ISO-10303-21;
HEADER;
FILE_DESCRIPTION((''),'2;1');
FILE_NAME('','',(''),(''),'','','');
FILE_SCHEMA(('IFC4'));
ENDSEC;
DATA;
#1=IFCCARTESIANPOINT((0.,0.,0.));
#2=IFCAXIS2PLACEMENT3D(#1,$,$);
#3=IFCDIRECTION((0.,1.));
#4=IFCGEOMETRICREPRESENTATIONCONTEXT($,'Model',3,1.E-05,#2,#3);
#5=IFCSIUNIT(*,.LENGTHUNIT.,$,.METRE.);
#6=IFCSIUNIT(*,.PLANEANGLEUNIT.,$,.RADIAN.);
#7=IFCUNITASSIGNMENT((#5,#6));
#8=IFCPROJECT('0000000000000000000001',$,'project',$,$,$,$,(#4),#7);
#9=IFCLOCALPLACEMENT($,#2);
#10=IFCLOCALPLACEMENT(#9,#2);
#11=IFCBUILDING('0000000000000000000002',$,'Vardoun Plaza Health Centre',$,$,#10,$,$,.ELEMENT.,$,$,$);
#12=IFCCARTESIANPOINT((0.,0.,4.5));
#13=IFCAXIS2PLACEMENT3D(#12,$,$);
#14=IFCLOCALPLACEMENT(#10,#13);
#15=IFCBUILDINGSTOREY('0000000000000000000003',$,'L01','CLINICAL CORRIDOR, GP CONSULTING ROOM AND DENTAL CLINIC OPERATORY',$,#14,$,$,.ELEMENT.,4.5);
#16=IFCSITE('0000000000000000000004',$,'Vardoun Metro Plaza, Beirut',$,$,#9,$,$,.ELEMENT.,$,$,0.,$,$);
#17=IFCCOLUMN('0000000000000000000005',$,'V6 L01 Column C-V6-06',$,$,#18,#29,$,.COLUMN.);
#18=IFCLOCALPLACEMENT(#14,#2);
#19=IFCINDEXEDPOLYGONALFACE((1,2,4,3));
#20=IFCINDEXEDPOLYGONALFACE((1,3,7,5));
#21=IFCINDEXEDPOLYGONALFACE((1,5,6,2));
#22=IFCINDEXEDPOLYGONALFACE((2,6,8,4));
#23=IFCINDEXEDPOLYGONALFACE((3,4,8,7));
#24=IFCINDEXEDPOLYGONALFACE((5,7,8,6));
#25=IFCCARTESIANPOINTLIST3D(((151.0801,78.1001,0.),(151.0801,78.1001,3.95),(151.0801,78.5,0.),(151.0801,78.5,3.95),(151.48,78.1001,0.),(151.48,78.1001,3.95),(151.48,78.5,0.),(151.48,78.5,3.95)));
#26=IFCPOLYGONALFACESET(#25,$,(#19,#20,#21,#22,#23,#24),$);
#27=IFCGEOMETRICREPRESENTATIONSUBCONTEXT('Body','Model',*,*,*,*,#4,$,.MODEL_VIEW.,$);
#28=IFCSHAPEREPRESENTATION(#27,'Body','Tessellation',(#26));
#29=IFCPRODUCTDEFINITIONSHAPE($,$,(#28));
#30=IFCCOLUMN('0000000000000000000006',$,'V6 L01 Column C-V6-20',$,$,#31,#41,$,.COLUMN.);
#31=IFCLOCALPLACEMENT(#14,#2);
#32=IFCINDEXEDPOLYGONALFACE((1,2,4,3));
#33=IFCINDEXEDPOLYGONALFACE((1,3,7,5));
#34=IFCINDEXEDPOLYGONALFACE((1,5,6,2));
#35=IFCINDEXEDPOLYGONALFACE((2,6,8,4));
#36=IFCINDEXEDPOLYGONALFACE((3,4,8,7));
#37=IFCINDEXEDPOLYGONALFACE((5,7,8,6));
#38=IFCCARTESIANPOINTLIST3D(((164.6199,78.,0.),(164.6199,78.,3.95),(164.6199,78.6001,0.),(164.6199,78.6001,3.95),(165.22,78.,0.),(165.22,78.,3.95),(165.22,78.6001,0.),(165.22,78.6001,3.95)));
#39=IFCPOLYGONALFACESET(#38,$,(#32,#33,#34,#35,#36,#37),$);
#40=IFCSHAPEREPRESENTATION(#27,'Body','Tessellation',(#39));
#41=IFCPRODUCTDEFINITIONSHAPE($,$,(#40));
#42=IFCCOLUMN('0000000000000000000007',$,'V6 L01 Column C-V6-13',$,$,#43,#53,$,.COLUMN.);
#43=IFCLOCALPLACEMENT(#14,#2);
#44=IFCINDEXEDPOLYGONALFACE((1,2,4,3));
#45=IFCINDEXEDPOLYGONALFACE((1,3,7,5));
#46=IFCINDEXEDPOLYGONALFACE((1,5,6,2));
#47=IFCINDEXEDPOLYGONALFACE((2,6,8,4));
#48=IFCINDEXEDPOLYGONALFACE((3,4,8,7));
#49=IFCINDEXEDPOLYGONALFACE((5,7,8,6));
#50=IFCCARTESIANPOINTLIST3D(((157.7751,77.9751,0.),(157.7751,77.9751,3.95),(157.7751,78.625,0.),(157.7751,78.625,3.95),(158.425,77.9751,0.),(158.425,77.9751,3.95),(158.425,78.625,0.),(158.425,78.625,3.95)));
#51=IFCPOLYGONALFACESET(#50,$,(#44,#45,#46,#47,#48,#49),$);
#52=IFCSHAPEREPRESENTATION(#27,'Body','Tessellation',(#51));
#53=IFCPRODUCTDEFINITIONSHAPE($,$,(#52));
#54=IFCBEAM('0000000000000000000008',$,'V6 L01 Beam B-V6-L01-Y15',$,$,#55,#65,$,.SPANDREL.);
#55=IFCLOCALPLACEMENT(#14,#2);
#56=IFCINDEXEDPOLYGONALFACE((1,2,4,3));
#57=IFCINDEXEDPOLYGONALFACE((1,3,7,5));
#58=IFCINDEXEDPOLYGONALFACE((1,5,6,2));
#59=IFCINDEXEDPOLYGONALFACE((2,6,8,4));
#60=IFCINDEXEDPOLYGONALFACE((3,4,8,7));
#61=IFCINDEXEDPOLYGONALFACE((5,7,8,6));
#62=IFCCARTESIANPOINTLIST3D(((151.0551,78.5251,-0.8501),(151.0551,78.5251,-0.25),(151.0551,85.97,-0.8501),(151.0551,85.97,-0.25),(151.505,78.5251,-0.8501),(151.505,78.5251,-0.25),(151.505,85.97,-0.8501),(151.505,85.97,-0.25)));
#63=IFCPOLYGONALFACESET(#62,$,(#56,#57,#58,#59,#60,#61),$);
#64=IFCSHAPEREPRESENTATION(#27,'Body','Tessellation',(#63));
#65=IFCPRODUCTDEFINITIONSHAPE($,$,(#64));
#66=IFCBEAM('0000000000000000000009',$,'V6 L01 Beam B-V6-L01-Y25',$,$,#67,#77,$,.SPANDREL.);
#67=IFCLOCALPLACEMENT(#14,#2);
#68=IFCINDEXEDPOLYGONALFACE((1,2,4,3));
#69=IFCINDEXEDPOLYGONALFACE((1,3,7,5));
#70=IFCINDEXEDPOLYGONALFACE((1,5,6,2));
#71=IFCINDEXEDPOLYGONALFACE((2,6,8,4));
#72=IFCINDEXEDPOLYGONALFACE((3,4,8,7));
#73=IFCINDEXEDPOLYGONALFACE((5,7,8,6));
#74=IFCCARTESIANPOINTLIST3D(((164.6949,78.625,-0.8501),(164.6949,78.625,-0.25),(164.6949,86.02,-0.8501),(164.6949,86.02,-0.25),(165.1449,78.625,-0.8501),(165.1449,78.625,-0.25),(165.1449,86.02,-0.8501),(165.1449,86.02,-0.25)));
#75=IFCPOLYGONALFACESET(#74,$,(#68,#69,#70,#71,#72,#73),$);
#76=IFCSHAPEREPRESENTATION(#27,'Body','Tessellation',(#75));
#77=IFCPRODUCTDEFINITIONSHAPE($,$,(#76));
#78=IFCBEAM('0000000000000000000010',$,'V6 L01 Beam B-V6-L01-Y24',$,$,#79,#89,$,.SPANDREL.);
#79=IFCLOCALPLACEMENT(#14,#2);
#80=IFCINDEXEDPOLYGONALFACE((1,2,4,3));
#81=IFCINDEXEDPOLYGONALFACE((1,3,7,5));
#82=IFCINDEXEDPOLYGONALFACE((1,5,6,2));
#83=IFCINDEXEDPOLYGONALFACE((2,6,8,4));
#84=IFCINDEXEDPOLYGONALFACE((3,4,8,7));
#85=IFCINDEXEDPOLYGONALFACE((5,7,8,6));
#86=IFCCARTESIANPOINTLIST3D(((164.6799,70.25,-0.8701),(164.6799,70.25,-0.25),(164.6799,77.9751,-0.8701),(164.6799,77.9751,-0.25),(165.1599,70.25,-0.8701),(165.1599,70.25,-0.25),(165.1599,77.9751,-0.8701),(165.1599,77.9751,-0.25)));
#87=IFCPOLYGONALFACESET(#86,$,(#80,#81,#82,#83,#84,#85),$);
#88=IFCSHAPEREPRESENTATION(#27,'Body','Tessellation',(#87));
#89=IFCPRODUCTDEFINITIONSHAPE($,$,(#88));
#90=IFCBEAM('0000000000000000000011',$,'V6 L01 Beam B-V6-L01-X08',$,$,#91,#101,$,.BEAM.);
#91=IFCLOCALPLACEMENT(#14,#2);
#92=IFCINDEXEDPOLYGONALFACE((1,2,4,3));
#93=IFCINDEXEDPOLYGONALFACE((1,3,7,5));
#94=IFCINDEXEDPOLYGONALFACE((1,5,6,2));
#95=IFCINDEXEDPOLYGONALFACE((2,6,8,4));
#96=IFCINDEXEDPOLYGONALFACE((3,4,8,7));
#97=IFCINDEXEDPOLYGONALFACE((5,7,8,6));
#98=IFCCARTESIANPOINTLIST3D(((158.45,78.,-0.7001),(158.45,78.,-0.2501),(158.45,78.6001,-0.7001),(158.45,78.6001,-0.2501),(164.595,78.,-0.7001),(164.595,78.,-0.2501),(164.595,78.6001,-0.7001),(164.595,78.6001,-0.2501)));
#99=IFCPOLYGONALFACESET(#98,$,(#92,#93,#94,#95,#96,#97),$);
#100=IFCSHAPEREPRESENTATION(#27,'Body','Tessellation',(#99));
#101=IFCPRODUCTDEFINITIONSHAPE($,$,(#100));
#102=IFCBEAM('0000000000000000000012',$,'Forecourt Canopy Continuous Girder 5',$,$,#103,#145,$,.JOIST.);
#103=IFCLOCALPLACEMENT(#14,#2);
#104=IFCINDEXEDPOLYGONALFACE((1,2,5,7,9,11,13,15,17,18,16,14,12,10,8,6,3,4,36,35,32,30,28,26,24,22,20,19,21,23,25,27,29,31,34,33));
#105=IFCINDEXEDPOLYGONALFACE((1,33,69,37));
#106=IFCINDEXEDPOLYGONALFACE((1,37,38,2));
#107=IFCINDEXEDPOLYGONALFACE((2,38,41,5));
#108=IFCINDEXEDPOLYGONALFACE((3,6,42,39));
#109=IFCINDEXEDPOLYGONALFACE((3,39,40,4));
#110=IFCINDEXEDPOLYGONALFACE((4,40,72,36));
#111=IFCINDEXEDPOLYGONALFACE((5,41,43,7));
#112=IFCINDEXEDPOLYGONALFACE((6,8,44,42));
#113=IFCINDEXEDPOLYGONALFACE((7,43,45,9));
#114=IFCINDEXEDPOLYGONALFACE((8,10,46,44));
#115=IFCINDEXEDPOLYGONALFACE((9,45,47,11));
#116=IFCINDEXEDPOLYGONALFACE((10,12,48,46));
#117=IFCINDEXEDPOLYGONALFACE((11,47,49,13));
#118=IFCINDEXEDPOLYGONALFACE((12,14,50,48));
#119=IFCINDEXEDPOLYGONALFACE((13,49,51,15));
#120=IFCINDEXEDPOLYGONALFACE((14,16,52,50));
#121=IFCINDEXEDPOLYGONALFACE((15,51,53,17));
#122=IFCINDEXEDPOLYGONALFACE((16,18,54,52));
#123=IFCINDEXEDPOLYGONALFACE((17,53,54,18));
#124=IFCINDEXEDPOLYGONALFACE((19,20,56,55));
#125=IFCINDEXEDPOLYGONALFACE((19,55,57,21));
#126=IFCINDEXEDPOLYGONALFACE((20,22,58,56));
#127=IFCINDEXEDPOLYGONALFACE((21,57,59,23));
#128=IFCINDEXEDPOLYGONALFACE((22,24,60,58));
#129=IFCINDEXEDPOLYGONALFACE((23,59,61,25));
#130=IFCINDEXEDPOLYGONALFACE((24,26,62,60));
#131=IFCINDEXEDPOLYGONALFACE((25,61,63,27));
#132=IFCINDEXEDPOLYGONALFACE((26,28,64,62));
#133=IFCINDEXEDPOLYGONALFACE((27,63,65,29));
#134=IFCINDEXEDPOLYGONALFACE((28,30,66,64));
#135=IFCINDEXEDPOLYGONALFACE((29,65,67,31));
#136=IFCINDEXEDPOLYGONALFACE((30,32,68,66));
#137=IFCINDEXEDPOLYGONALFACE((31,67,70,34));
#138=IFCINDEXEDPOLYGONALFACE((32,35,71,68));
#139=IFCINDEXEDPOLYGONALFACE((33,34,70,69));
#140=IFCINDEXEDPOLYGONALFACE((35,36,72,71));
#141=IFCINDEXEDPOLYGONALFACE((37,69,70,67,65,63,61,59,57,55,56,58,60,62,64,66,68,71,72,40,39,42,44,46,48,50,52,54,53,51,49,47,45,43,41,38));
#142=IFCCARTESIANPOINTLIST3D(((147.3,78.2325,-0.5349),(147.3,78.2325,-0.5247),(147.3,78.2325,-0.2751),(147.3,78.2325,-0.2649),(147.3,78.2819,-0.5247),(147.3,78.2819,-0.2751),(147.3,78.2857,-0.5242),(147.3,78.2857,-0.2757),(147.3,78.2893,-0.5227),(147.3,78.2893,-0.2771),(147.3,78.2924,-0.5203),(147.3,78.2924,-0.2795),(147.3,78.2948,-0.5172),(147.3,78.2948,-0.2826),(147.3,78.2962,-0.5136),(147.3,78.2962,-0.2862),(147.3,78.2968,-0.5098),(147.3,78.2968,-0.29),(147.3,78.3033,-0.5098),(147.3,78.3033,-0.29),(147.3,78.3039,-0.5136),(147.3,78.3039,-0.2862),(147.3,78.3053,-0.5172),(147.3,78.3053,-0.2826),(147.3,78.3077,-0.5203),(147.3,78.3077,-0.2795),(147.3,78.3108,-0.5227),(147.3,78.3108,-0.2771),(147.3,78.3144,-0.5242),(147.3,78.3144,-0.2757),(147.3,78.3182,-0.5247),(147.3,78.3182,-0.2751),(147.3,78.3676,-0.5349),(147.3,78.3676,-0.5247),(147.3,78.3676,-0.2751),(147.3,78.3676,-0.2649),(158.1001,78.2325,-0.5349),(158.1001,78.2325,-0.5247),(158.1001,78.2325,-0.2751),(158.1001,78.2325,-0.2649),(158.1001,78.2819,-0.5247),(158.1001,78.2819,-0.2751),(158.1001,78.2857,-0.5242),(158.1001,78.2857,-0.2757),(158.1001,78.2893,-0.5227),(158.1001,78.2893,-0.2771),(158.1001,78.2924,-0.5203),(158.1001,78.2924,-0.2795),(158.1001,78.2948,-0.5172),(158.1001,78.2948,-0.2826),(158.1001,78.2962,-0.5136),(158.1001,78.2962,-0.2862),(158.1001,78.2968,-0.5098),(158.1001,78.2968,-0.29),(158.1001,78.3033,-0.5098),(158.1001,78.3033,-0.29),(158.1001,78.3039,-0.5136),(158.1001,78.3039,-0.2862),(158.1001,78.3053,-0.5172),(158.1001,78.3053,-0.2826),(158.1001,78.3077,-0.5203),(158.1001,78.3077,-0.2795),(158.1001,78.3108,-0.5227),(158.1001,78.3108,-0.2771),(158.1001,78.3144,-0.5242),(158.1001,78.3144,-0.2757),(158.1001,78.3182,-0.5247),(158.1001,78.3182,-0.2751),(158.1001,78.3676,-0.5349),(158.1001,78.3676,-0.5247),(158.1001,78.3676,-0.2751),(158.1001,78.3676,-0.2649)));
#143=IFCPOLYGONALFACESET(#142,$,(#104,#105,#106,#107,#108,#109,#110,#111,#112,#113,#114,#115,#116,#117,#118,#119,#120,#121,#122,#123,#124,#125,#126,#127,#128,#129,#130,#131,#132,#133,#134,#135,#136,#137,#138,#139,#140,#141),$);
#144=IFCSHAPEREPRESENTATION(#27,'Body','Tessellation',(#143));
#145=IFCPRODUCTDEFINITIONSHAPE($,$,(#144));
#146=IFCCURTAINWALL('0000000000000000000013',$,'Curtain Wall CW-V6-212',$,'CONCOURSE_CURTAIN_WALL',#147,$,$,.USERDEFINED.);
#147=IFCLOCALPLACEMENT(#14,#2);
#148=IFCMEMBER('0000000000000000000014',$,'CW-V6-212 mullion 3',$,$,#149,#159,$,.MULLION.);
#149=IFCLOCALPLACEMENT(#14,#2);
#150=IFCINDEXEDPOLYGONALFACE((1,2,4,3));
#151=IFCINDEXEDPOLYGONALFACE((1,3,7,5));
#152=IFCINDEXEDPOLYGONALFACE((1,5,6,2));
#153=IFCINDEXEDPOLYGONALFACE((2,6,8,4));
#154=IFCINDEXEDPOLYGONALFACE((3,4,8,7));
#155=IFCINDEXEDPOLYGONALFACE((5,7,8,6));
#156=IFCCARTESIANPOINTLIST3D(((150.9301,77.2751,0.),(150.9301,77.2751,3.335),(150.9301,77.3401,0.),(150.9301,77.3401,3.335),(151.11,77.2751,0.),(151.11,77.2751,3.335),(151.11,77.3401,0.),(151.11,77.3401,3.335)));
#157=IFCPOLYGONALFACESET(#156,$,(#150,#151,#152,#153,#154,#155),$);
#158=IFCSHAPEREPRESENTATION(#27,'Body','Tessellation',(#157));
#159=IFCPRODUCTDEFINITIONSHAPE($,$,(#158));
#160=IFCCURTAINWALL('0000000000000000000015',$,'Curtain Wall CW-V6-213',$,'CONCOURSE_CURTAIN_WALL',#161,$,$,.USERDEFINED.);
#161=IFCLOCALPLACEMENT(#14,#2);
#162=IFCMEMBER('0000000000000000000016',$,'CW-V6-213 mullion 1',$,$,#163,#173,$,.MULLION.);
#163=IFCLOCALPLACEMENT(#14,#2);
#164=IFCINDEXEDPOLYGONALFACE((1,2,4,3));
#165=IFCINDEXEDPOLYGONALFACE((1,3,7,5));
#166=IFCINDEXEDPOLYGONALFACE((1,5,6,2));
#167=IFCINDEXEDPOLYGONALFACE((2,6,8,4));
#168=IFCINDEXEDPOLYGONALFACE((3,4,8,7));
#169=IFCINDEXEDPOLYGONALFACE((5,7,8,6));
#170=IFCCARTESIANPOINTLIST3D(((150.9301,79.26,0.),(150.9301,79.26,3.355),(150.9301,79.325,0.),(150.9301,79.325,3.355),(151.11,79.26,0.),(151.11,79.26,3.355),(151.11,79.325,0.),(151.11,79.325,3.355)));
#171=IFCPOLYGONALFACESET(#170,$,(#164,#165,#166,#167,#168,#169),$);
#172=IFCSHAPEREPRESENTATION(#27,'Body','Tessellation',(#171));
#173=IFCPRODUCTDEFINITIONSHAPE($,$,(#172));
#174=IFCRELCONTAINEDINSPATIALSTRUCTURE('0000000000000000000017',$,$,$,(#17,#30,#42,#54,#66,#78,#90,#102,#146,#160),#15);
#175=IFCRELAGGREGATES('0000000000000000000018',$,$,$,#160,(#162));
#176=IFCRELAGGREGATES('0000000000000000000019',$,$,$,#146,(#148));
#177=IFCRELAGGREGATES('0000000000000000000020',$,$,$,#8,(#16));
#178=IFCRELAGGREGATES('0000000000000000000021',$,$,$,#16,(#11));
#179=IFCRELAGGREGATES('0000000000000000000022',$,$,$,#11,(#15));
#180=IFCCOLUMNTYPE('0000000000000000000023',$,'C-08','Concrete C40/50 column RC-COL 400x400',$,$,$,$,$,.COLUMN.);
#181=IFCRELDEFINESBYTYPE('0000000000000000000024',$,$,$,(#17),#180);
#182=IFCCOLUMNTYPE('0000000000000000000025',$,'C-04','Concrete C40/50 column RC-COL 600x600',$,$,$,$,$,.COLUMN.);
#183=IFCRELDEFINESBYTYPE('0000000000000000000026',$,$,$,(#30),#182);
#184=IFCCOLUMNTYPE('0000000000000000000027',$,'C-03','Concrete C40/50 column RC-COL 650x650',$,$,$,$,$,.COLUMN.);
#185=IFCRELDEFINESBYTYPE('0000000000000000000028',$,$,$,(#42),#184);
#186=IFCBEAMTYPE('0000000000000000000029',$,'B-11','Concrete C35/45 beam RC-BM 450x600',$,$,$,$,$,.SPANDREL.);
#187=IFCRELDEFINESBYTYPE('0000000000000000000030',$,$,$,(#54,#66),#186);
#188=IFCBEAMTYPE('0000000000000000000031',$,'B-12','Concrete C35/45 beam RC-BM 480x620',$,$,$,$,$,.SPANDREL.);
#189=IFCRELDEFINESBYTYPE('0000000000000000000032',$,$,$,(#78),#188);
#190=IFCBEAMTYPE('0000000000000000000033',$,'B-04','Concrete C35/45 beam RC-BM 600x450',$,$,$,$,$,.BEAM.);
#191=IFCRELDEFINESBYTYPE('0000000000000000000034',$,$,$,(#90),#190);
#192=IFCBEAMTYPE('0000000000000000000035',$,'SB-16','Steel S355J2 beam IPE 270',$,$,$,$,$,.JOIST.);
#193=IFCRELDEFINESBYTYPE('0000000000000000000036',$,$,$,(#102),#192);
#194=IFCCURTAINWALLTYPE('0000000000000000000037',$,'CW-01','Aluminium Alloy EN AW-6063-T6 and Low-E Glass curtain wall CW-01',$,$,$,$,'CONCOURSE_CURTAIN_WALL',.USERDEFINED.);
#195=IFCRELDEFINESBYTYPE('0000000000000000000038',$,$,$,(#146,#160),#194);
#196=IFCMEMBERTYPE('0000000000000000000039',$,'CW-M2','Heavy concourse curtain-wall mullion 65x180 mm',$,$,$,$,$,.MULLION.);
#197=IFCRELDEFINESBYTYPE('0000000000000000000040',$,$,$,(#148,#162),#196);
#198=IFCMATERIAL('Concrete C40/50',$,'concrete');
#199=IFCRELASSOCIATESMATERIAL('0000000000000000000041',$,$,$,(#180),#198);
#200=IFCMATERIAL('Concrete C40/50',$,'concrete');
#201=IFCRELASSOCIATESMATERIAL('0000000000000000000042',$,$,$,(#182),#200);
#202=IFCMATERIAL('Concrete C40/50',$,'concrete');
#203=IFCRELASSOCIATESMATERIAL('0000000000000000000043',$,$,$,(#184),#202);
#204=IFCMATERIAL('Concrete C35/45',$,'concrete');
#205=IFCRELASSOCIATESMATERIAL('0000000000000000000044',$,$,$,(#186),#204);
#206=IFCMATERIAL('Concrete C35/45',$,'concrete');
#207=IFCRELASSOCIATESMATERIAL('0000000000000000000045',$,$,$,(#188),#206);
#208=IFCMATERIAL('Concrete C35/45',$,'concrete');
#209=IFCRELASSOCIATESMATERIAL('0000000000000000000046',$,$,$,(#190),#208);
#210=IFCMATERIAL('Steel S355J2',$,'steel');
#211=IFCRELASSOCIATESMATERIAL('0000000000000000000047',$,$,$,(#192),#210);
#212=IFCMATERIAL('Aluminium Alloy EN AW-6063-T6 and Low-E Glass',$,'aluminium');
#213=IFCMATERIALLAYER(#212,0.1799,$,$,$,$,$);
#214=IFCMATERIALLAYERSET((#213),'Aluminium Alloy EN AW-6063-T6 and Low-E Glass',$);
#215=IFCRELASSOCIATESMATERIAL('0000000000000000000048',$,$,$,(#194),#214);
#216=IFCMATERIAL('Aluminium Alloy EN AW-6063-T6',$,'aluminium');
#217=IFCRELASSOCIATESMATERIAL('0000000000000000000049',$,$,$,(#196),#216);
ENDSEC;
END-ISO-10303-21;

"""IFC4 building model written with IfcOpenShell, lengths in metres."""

from ifc_helpers import new_model, si_unit, direction, frame, origin, origin_2d, place, context, subcontext, project, spatial, rectangle, i_section, extrude, material, layer, layer_set, material_profile, profile_set, type_object, element, aggregate, save


model = new_model("IFC4")

# Units and contexts
model_context = context("Model", 3, precision=1e-05, world=origin(), true_north=direction((0.0, 1.0)))
body_context = subcontext(model_context, "Body", "Model", "MODEL_VIEW")
ifc_project = project(units=[si_unit("LENGTHUNIT", "METRE"), si_unit("PLANEANGLEUNIT", "RADIAN")], contexts=[model_context])

# Site, building, storey
site_placement = place(None, origin())
site = spatial("IfcSite", under=ifc_project, at=site_placement, Name="Vardoun Metro Plaza, Beirut", CompositionType="ELEMENT", RefElevation=0.0)
building_placement = place(site_placement, origin())
building = spatial("IfcBuilding", under=site, at=building_placement, Name="Vardoun Plaza Health Centre", CompositionType="ELEMENT")
storey_placement = place(building_placement, frame((0.0, 0.0, 4.5)))
storey = spatial("IfcBuildingStorey", under=building, at=storey_placement, Name="L01", Description="CLINICAL CORRIDOR, GP CONSULTING ROOM AND DENTAL CLINIC OPERATORY", CompositionType="ELEMENT", Elevation=4.5)

# Columns
ifc_material_1 = material(Name="Concrete C40/50", Category="concrete")
ifc_material_profile_1 = material_profile(ifc_material_1, rectangle(XDim=0.3999, YDim=0.3999, at=origin_2d()), Name="RC-COL 400x400")
ifc_profile_set_1 = profile_set([ifc_material_profile_1], Name="Concrete C40/50")
column_type_1 = type_object("IfcColumnType", Name="C-08", Description="Concrete C40/50 column RC-COL 400x400", PredefinedType="COLUMN", material=ifc_profile_set_1)
column_1_placement = place(storey_placement, frame((151.28, 78.3, 0.0), z_axis=(0.0, 0.0, 1.0), x_axis=(1.0, 0.0, 0.0)))
element("IfcColumn", 1, at=column_1_placement, inside=storey, type_object=column_type_1, Name="V6 L01 Column C-V6-06", PredefinedType="COLUMN", context=body_context, shape_type="SweptSolid", body=[
    extrude(rectangle(XDim=0.3999, YDim=0.3999, at=origin_2d()), origin(), (0.0, 0.0, 1.0), 3.95),
])
ifc_material_2 = material(Name="Concrete C40/50", Category="concrete")
ifc_material_profile_2 = material_profile(ifc_material_2, rectangle(XDim=0.6001, YDim=0.6001, at=origin_2d()), Name="RC-COL 600x600")
ifc_profile_set_2 = profile_set([ifc_material_profile_2], Name="Concrete C40/50")
column_type_2 = type_object("IfcColumnType", Name="C-04", Description="Concrete C40/50 column RC-COL 600x600", PredefinedType="COLUMN", material=ifc_profile_set_2)
column_2_placement = place(storey_placement, frame((164.9199, 78.3, 0.0), z_axis=(0.0, 0.0, 1.0), x_axis=(1.0, 0.0, 0.0)))
element("IfcColumn", 2, at=column_2_placement, inside=storey, type_object=column_type_2, Name="V6 L01 Column C-V6-20", PredefinedType="COLUMN", context=body_context, shape_type="SweptSolid", body=[
    extrude(rectangle(XDim=0.6001, YDim=0.6001, at=origin_2d()), origin(), (0.0, 0.0, 1.0), 3.95),
])
ifc_material_3 = material(Name="Concrete C40/50", Category="concrete")
ifc_material_profile_3 = material_profile(ifc_material_3, rectangle(XDim=0.6499, YDim=0.6499, at=origin_2d()), Name="RC-COL 650x650")
ifc_profile_set_3 = profile_set([ifc_material_profile_3], Name="Concrete C40/50")
column_type_3 = type_object("IfcColumnType", Name="C-03", Description="Concrete C40/50 column RC-COL 650x650", PredefinedType="COLUMN", material=ifc_profile_set_3)
column_3_placement = place(storey_placement, frame((158.1001, 78.3, 0.0), z_axis=(0.0, 0.0, 1.0), x_axis=(1.0, 0.0, 0.0)))
element("IfcColumn", 3, at=column_3_placement, inside=storey, type_object=column_type_3, Name="V6 L01 Column C-V6-13", PredefinedType="COLUMN", context=body_context, shape_type="SweptSolid", body=[
    extrude(rectangle(XDim=0.6499, YDim=0.6499, at=origin_2d()), origin(), (0.0, 0.0, 1.0), 3.95),
])

# Beams
ifc_material_4 = material(Name="Concrete C35/45", Category="concrete")
ifc_material_profile_4 = material_profile(ifc_material_4, rectangle(XDim=0.45, YDim=0.6001, at=origin_2d()), Name="RC-BM 450x600")
ifc_profile_set_4 = profile_set([ifc_material_profile_4], Name="Concrete C35/45")
beam_type_1 = type_object("IfcBeamType", Name="B-11", Description="Concrete C35/45 beam RC-BM 450x600", PredefinedType="SPANDREL", material=ifc_profile_set_4)
beam_1_placement = place(storey_placement, frame((151.28, 78.5251, -0.55), z_axis=(0.0, 1.0, 0.0), x_axis=(-1.0, 0.0, 0.0)))
element("IfcBeam", 4, at=beam_1_placement, inside=storey, type_object=beam_type_1, Name="V6 L01 Beam B-V6-L01-Y15", PredefinedType="SPANDREL", context=body_context, shape_type="SweptSolid", body=[
    extrude(rectangle(XDim=0.45, YDim=0.6001, at=origin_2d()), origin(), (0.0, 0.0, 1.0), 7.4448),
])
beam_2_placement = place(storey_placement, frame((164.9199, 78.625, -0.55), z_axis=(0.0, 1.0, 0.0), x_axis=(-1.0, 0.0, 0.0)))
element("IfcBeam", 5, at=beam_2_placement, inside=storey, type_object=beam_type_1, Name="V6 L01 Beam B-V6-L01-Y25", PredefinedType="SPANDREL", context=body_context, shape_type="SweptSolid", body=[
    extrude(rectangle(XDim=0.45, YDim=0.6001, at=origin_2d()), origin(), (0.0, 0.0, 1.0), 7.395),
])
ifc_material_5 = material(Name="Concrete C35/45", Category="concrete")
ifc_material_profile_5 = material_profile(ifc_material_5, rectangle(XDim=0.48, YDim=0.6201, at=origin_2d()), Name="RC-BM 480x620")
ifc_profile_set_5 = profile_set([ifc_material_profile_5], Name="Concrete C35/45")
beam_type_2 = type_object("IfcBeamType", Name="B-12", Description="Concrete C35/45 beam RC-BM 480x620", PredefinedType="SPANDREL", material=ifc_profile_set_5)
beam_3_placement = place(storey_placement, frame((164.9199, 70.25, -0.5601), z_axis=(0.0, 1.0, 0.0), x_axis=(-1.0, 0.0, 0.0)))
element("IfcBeam", 6, at=beam_3_placement, inside=storey, type_object=beam_type_2, Name="V6 L01 Beam B-V6-L01-Y24", PredefinedType="SPANDREL", context=body_context, shape_type="SweptSolid", body=[
    extrude(rectangle(XDim=0.48, YDim=0.6201, at=origin_2d()), origin(), (0.0, 0.0, 1.0), 7.7251),
])
ifc_material_6 = material(Name="Concrete C35/45", Category="concrete")
ifc_material_profile_6 = material_profile(ifc_material_6, rectangle(XDim=0.6001, YDim=0.45, at=origin_2d()), Name="RC-BM 600x450")
ifc_profile_set_6 = profile_set([ifc_material_profile_6], Name="Concrete C35/45")
beam_type_3 = type_object("IfcBeamType", Name="B-04", Description="Concrete C35/45 beam RC-BM 600x450", PredefinedType="BEAM", material=ifc_profile_set_6)
beam_4_placement = place(storey_placement, frame((158.45, 78.3, -0.4751), z_axis=(1.0, 0.0, 0.0), x_axis=(0.0, 1.0, 0.0)))
element("IfcBeam", 7, at=beam_4_placement, inside=storey, type_object=beam_type_3, Name="V6 L01 Beam B-V6-L01-X08", PredefinedType="BEAM", context=body_context, shape_type="SweptSolid", body=[
    extrude(rectangle(XDim=0.6001, YDim=0.45, at=origin_2d()), origin(), (0.0, 0.0, 1.0), 6.145),
])
ifc_material_7 = material(Name="Steel S355J2", Category="steel")
ifc_material_profile_7 = material_profile(ifc_material_7, i_section(OverallWidth=0.135, OverallDepth=0.27, WebThickness=0.0066, FlangeThickness=0.0103, FilletRadius=0.0149, at=origin_2d()), Name="IPE 270")
ifc_profile_set_7 = profile_set([ifc_material_profile_7], Name="Steel S355J2")
beam_type_4 = type_object("IfcBeamType", Name="SB-16", Description="Steel S355J2 beam IPE 270", PredefinedType="JOIST", material=ifc_profile_set_7)
beam_5_placement = place(storey_placement, frame((158.1001, 78.3, -0.3999), z_axis=(-1.0, 0.0, 0.0), x_axis=(0.0, -1.0, 0.0)))
element("IfcBeam", 8, at=beam_5_placement, inside=storey, type_object=beam_type_4, Name="Forecourt Canopy Continuous Girder 5", PredefinedType="JOIST", context=body_context, shape_type="SweptSolid", body=[
    extrude(i_section(OverallWidth=0.135, OverallDepth=0.27, WebThickness=0.0066, FlangeThickness=0.0103, FilletRadius=0.0149, at=origin_2d()), origin(), (0.0, 0.0, 1.0), 10.8),
])

# Curtain walls, members
ifc_material_8 = material(Name="Aluminium Alloy EN AW-6063-T6 and Low-E Glass", Category="aluminium")
ifc_layer_1 = layer(ifc_material_8, 0.1799)
ifc_layer_set_1 = layer_set([ifc_layer_1], Name="Aluminium Alloy EN AW-6063-T6 and Low-E Glass")
curtain_wall_type = type_object("IfcCurtainWallType", Name="CW-01", Description="Aluminium Alloy EN AW-6063-T6 and Low-E Glass curtain wall CW-01", ElementType="CONCOURSE_CURTAIN_WALL", PredefinedType="USERDEFINED", material=ifc_layer_set_1)
curtain_wall_1_placement = place(storey_placement, origin())
curtain_wall_1 = element("IfcCurtainWall", 9, at=curtain_wall_1_placement, inside=storey, type_object=curtain_wall_type, Name="Curtain Wall CW-V6-212", ObjectType="CONCOURSE_CURTAIN_WALL", PredefinedType="USERDEFINED")
ifc_material_9 = material(Name="Aluminium Alloy EN AW-6063-T6", Category="aluminium")
ifc_material_profile_8 = material_profile(ifc_material_9, rectangle(XDim=0.1799, YDim=0.0649, at=origin_2d()), Name="CWM 65x180")
ifc_profile_set_8 = profile_set([ifc_material_profile_8], Name="Aluminium Alloy EN AW-6063-T6")
member_type_1 = type_object("IfcMemberType", Name="CW-M2", Description="Heavy concourse curtain-wall mullion 65x180 mm", PredefinedType="MULLION", material=ifc_profile_set_8)
member_1_placement = place(storey_placement, frame((151.02, 77.3076, 0.0), z_axis=(0.0, 0.0, 1.0), x_axis=(-1.0, 0.0, 0.0)))
member_1 = element("IfcMember", 10, at=member_1_placement, type_object=member_type_1, Name="CW-V6-212 mullion 3", PredefinedType="MULLION", context=body_context, shape_type="SweptSolid", body=[
    extrude(rectangle(XDim=0.1799, YDim=0.0649, at=origin_2d()), origin(), (0.0, 0.0, 1.0), 3.335),
])
curtain_wall_2_placement = place(storey_placement, origin())
curtain_wall_2 = element("IfcCurtainWall", 11, at=curtain_wall_2_placement, inside=storey, type_object=curtain_wall_type, Name="Curtain Wall CW-V6-213", ObjectType="CONCOURSE_CURTAIN_WALL", PredefinedType="USERDEFINED")
member_2_placement = place(storey_placement, frame((151.02, 79.2925, 0.0), z_axis=(0.0, 0.0, 1.0), x_axis=(-1.0, 0.0, 0.0)))
member_2 = element("IfcMember", 12, at=member_2_placement, type_object=member_type_1, Name="CW-V6-213 mullion 1", PredefinedType="MULLION", context=body_context, shape_type="SweptSolid", body=[
    extrude(rectangle(XDim=0.1799, YDim=0.0649, at=origin_2d()), origin(), (0.0, 0.0, 1.0), 3.355),
])

aggregate(curtain_wall_2, [member_2])

aggregate(curtain_wall_1, [member_1])

save(model, "model.ifc")
